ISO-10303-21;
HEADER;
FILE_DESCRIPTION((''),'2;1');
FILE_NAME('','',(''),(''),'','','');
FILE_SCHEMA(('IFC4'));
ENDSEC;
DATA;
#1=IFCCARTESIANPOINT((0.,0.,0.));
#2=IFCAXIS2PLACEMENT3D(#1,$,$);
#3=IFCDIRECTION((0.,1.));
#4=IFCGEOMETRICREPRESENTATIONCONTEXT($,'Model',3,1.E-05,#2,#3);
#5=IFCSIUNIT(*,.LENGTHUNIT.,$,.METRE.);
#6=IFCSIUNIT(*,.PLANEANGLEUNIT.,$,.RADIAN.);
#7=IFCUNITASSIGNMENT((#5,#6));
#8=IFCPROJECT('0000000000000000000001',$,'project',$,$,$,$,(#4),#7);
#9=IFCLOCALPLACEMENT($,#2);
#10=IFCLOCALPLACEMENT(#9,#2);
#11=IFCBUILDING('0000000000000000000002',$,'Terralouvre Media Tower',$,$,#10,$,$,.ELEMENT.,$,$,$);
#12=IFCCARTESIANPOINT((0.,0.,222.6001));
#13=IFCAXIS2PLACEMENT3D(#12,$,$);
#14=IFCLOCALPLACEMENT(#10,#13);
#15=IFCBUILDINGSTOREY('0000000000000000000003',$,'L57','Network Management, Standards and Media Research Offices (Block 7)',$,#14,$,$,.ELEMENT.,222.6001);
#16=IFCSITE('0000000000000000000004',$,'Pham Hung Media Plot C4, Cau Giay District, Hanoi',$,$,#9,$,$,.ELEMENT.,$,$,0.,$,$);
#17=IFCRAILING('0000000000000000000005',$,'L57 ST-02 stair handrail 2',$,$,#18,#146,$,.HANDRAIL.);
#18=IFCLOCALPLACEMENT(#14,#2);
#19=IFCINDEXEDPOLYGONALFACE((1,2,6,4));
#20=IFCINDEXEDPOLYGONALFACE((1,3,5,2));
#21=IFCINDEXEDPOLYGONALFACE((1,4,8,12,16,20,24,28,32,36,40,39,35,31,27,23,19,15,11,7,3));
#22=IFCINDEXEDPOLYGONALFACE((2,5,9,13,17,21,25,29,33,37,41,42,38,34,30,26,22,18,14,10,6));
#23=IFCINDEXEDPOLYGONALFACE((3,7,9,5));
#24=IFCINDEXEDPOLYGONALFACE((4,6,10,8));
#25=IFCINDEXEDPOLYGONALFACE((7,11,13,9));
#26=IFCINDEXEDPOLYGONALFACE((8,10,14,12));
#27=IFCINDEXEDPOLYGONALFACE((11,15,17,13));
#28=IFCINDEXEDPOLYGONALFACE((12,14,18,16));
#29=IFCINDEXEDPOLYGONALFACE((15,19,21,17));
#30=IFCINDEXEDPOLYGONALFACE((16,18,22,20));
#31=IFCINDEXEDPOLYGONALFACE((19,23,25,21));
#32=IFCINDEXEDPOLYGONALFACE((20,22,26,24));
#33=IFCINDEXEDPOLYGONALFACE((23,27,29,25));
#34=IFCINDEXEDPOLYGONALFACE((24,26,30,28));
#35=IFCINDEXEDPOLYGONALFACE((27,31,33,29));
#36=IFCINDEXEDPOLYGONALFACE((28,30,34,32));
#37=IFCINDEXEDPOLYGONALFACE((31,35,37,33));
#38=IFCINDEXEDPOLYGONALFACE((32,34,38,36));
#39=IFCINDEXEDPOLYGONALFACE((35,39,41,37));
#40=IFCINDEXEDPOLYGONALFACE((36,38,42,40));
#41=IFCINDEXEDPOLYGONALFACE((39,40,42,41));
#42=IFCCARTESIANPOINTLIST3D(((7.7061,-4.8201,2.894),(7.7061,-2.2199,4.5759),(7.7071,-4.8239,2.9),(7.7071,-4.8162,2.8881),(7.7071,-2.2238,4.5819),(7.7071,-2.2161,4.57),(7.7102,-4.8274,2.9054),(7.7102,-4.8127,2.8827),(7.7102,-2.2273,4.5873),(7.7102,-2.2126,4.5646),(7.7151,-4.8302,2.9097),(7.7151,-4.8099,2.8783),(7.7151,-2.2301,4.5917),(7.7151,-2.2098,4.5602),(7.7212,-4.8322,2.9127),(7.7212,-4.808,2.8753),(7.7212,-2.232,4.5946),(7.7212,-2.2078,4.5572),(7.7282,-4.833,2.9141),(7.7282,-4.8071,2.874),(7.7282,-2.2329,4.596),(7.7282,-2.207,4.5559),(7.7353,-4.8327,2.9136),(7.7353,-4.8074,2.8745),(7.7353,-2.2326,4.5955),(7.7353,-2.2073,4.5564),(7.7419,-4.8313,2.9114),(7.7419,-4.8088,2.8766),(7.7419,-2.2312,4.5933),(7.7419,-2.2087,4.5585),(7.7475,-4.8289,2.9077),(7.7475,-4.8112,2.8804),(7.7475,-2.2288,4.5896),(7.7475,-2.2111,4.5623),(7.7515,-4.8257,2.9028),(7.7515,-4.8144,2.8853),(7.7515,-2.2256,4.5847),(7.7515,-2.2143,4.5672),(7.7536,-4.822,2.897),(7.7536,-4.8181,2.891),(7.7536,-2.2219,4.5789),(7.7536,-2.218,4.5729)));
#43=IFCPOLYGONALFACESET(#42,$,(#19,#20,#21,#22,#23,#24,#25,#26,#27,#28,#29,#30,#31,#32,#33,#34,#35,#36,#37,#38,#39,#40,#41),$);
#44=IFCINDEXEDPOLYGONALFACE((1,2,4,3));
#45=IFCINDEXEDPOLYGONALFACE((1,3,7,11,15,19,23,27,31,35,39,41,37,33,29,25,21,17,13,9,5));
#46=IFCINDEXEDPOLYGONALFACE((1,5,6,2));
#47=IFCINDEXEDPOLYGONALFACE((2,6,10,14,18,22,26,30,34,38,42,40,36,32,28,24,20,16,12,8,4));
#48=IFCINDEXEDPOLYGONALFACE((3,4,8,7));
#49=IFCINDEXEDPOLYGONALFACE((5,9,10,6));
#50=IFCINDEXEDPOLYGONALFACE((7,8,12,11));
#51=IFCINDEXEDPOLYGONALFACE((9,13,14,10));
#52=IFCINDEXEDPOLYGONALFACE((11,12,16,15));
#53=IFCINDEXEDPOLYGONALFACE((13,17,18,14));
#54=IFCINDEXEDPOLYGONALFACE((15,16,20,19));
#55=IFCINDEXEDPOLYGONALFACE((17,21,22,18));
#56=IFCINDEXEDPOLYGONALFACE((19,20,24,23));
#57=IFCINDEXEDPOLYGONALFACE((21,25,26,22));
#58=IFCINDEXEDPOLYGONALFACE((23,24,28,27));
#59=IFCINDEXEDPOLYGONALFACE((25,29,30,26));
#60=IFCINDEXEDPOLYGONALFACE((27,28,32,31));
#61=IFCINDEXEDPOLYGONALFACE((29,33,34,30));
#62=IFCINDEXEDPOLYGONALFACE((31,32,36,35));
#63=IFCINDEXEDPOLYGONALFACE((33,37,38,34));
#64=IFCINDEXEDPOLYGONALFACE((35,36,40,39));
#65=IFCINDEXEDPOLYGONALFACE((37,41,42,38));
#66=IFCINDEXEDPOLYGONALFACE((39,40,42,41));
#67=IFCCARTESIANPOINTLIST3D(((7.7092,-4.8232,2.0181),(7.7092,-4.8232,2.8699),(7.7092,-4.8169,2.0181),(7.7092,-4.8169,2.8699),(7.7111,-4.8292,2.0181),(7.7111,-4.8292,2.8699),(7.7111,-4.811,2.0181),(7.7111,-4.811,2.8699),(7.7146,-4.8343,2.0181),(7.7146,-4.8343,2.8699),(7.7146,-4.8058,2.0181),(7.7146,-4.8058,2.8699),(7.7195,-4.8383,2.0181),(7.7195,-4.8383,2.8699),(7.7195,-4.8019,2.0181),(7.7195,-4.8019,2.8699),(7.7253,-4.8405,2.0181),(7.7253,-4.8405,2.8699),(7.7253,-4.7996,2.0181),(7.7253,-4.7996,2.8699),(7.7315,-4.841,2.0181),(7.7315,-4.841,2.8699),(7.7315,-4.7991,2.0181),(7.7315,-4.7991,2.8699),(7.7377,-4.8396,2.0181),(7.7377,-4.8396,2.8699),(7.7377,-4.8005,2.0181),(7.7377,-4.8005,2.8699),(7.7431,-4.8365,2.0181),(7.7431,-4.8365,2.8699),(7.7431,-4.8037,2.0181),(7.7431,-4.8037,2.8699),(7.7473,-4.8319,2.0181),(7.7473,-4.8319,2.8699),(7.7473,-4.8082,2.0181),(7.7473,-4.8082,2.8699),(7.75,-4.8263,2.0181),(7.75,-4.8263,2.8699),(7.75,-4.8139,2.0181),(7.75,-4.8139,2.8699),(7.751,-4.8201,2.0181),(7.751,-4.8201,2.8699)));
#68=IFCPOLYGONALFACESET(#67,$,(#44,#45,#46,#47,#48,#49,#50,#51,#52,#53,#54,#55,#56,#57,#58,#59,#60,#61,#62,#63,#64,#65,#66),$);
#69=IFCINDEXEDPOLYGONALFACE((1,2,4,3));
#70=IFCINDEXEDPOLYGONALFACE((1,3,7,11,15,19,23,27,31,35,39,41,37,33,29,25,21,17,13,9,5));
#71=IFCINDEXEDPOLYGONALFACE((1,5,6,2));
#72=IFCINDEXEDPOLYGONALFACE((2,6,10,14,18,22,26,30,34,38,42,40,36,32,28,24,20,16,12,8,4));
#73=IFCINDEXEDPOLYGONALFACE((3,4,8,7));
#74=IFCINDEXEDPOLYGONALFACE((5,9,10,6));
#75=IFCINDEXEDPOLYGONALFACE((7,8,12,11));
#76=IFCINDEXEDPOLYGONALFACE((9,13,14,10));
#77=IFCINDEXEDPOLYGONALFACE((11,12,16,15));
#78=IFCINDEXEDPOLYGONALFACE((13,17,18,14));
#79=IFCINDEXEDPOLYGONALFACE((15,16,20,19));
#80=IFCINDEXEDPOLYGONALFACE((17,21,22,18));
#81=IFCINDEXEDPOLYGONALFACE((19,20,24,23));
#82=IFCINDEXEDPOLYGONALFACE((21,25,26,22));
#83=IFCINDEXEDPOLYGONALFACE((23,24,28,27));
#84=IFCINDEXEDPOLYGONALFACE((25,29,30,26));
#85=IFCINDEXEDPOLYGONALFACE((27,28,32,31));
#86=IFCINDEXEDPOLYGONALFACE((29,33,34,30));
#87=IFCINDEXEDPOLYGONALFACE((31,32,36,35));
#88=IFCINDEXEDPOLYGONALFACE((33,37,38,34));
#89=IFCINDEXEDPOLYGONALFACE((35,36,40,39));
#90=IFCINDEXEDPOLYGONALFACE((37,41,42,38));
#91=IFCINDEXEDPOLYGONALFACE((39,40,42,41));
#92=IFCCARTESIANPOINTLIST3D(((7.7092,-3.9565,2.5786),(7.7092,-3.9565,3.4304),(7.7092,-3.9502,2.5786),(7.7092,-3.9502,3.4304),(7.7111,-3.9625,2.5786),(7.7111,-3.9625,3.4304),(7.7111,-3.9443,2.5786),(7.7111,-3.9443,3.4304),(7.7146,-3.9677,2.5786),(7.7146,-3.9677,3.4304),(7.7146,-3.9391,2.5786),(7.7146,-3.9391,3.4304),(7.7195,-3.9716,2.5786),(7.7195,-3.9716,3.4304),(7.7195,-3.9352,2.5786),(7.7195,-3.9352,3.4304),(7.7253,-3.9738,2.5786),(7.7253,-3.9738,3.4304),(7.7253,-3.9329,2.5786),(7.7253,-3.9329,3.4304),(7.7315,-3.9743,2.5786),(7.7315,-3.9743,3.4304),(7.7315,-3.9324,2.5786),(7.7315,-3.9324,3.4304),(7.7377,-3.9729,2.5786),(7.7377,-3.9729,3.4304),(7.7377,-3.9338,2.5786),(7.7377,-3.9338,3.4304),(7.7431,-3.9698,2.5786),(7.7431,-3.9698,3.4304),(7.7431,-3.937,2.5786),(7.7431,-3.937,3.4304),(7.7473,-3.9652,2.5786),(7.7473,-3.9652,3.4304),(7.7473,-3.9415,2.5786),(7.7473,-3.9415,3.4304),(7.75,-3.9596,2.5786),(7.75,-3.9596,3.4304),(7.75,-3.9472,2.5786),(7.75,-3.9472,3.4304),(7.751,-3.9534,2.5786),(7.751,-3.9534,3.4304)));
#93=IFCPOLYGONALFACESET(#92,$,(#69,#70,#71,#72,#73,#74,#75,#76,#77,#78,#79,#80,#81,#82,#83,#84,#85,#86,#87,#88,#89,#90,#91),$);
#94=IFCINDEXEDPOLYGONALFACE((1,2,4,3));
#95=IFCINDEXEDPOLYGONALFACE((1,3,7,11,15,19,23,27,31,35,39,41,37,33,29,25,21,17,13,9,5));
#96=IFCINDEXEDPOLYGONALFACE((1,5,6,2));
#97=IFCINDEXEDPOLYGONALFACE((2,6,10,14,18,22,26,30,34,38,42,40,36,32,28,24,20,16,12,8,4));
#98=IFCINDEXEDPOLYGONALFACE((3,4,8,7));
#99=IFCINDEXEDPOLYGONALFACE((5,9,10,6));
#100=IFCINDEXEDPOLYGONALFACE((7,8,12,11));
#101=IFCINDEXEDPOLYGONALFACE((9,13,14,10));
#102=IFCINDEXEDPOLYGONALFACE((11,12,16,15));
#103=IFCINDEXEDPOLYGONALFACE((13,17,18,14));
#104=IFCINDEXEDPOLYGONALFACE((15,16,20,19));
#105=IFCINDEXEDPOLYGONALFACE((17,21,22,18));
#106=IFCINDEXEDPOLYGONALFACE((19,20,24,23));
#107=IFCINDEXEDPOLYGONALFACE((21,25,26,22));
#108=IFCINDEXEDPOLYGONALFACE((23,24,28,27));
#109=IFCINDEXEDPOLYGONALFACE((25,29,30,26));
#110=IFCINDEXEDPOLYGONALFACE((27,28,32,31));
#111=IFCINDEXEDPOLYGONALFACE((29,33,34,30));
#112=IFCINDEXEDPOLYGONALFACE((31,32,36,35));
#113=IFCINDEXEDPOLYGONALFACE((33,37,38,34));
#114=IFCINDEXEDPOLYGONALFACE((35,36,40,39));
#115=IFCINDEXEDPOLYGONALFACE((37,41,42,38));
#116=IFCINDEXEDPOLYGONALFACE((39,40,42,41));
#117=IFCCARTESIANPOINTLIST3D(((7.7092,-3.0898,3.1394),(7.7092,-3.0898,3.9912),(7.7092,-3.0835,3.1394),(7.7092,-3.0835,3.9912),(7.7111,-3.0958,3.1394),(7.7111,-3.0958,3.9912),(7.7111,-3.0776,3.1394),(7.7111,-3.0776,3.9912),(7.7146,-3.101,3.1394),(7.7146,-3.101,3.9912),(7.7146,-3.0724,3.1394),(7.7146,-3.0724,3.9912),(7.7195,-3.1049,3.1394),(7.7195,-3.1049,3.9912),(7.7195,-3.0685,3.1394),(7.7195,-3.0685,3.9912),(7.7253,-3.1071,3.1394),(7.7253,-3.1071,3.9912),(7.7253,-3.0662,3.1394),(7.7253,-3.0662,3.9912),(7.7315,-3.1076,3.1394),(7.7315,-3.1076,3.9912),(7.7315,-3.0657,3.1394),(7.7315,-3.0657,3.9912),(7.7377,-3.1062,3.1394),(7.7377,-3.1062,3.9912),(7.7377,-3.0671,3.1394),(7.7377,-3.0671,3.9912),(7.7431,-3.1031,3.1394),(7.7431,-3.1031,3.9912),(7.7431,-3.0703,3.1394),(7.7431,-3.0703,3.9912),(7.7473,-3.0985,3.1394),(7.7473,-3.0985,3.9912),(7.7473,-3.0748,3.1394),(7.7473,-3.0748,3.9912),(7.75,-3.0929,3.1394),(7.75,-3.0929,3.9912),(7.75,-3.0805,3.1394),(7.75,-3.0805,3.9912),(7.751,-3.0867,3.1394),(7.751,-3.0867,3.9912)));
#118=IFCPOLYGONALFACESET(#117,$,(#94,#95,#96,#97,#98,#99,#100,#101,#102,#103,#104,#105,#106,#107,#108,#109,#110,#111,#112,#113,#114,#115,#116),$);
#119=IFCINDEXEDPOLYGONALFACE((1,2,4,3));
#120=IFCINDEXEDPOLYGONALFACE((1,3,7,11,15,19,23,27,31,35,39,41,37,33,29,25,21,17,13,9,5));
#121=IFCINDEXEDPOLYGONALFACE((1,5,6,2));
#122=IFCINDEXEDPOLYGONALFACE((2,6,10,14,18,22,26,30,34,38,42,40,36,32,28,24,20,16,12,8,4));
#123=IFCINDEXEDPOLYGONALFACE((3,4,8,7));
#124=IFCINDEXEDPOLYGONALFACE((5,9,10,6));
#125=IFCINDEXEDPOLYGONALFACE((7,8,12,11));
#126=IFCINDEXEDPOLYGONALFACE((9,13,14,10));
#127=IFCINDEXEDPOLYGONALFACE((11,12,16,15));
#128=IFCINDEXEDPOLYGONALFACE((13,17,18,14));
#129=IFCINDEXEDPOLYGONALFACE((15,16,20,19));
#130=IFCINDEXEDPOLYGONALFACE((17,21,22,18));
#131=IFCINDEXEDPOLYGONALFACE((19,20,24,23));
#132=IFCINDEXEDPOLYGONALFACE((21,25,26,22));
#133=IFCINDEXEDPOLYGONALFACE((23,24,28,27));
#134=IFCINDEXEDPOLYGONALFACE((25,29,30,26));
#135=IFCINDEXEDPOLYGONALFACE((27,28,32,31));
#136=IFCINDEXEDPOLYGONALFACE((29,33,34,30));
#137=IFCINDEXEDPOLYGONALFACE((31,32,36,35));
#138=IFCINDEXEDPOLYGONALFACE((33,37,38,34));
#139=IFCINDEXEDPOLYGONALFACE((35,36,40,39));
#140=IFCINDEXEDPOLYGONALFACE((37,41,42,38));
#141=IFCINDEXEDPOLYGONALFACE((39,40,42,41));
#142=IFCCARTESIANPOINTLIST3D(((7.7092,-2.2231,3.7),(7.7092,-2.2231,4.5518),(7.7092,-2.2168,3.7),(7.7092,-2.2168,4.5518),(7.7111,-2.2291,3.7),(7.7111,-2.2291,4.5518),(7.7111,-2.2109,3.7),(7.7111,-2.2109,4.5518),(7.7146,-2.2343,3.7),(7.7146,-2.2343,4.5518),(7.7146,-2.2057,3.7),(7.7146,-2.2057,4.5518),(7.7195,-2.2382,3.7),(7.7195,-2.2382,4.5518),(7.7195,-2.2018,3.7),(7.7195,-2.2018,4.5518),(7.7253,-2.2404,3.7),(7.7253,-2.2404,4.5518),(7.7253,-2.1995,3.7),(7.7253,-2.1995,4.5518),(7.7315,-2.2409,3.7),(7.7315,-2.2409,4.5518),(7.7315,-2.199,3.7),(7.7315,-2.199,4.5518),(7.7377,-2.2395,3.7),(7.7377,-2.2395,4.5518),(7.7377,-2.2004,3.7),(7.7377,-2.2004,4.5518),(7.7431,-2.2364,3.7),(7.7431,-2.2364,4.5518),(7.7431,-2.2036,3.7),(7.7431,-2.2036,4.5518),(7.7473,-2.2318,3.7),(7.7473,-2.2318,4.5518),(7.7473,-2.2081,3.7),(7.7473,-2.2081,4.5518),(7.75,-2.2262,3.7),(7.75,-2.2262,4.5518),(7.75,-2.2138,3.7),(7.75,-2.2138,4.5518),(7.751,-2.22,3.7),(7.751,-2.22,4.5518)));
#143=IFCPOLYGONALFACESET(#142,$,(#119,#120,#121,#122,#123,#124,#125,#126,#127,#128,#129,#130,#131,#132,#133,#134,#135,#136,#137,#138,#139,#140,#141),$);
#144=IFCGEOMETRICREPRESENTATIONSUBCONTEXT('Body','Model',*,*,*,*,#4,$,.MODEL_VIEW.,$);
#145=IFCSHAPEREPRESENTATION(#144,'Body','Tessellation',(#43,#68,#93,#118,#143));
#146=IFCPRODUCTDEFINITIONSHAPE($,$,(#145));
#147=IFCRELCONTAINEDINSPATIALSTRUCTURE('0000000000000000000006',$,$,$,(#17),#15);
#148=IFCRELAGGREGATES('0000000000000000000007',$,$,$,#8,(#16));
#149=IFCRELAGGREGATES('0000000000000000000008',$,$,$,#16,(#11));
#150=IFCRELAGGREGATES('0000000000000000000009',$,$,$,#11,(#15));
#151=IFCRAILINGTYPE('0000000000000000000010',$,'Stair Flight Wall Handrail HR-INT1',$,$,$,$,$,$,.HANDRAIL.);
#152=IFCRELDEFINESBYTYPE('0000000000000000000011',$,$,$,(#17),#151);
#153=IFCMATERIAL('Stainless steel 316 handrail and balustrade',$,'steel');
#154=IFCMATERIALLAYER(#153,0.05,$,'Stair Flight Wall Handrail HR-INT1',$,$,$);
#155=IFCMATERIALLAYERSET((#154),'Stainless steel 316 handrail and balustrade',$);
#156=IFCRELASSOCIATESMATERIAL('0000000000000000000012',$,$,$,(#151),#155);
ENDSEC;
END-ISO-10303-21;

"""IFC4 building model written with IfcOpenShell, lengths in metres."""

from ifc_helpers import new_model, si_unit, direction, frame, origin, origin_2d, place, context, subcontext, project, spatial, circle, extrude, material, layer, layer_set, type_object, element, save


model = new_model("IFC4")

# Units and contexts
model_context = context("Model", 3, precision=1e-05, world=origin(), true_north=direction((0.0, 1.0)))
body_context = subcontext(model_context, "Body", "Model", "MODEL_VIEW")
ifc_project = project(units=[si_unit("LENGTHUNIT", "METRE"), si_unit("PLANEANGLEUNIT", "RADIAN")], contexts=[model_context])

# Site, building, storey
site_placement = place(None, origin())
site = spatial("IfcSite", under=ifc_project, at=site_placement, Name="Pham Hung Media Plot C4, Cau Giay District, Hanoi", CompositionType="ELEMENT", RefElevation=0.0)
building_placement = place(site_placement, origin())
building = spatial("IfcBuilding", under=site, at=building_placement, Name="Terralouvre Media Tower", CompositionType="ELEMENT")
storey_placement = place(building_placement, frame((0.0, 0.0, 222.6001)))
storey = spatial("IfcBuildingStorey", under=building, at=storey_placement, Name="L57", Description="Network Management, Standards and Media Research Offices (Block 7)", CompositionType="ELEMENT", Elevation=222.6001)

# Railing
ifc_material_1 = material(Name="Stainless steel 316 handrail and balustrade", Category="steel")
ifc_layer_1 = layer(ifc_material_1, 0.05, Name="Stair Flight Wall Handrail HR-INT1")
ifc_layer_set_1 = layer_set([ifc_layer_1], Name="Stainless steel 316 handrail and balustrade")
railing_type_1 = type_object("IfcRailingType", Name="Stair Flight Wall Handrail HR-INT1", PredefinedType="HANDRAIL", material=ifc_layer_set_1)
railing_1_placement = place(storey_placement, frame((7.73, -4.8201, 2.0181)))
element("IfcRailing", 1, at=railing_1_placement, inside=storey, type_object=railing_type_1, Name="L57 ST-02 stair handrail 2", PredefinedType="HANDRAIL", context=body_context, shape_type="SweptSolid", body=[
    extrude(circle(Radius=0.0239, at=origin_2d()), frame((0.0, 0.0, 0.876), z_axis=(0.0, 0.839648, 0.54313), x_axis=(-1.0, 0.0, 0.0)), (0.0, 0.0, 1.0), 3.0967),
    extrude(circle(Radius=0.021, at=origin_2d()), origin(), (0.0, 0.0, 1.0), 0.8518),
    extrude(circle(Radius=0.021, at=origin_2d()), frame((0.0, 0.8667, 0.5605)), (0.0, 0.0, 1.0), 0.8518),
    extrude(circle(Radius=0.021, at=origin_2d()), frame((0.0, 1.7334, 1.1213)), (0.0, 0.0, 1.0), 0.8518),
    extrude(circle(Radius=0.021, at=origin_2d()), frame((0.0, 2.6001, 1.6819)), (0.0, 0.0, 1.0), 0.8518),
])

save(model, "model.ifc")
